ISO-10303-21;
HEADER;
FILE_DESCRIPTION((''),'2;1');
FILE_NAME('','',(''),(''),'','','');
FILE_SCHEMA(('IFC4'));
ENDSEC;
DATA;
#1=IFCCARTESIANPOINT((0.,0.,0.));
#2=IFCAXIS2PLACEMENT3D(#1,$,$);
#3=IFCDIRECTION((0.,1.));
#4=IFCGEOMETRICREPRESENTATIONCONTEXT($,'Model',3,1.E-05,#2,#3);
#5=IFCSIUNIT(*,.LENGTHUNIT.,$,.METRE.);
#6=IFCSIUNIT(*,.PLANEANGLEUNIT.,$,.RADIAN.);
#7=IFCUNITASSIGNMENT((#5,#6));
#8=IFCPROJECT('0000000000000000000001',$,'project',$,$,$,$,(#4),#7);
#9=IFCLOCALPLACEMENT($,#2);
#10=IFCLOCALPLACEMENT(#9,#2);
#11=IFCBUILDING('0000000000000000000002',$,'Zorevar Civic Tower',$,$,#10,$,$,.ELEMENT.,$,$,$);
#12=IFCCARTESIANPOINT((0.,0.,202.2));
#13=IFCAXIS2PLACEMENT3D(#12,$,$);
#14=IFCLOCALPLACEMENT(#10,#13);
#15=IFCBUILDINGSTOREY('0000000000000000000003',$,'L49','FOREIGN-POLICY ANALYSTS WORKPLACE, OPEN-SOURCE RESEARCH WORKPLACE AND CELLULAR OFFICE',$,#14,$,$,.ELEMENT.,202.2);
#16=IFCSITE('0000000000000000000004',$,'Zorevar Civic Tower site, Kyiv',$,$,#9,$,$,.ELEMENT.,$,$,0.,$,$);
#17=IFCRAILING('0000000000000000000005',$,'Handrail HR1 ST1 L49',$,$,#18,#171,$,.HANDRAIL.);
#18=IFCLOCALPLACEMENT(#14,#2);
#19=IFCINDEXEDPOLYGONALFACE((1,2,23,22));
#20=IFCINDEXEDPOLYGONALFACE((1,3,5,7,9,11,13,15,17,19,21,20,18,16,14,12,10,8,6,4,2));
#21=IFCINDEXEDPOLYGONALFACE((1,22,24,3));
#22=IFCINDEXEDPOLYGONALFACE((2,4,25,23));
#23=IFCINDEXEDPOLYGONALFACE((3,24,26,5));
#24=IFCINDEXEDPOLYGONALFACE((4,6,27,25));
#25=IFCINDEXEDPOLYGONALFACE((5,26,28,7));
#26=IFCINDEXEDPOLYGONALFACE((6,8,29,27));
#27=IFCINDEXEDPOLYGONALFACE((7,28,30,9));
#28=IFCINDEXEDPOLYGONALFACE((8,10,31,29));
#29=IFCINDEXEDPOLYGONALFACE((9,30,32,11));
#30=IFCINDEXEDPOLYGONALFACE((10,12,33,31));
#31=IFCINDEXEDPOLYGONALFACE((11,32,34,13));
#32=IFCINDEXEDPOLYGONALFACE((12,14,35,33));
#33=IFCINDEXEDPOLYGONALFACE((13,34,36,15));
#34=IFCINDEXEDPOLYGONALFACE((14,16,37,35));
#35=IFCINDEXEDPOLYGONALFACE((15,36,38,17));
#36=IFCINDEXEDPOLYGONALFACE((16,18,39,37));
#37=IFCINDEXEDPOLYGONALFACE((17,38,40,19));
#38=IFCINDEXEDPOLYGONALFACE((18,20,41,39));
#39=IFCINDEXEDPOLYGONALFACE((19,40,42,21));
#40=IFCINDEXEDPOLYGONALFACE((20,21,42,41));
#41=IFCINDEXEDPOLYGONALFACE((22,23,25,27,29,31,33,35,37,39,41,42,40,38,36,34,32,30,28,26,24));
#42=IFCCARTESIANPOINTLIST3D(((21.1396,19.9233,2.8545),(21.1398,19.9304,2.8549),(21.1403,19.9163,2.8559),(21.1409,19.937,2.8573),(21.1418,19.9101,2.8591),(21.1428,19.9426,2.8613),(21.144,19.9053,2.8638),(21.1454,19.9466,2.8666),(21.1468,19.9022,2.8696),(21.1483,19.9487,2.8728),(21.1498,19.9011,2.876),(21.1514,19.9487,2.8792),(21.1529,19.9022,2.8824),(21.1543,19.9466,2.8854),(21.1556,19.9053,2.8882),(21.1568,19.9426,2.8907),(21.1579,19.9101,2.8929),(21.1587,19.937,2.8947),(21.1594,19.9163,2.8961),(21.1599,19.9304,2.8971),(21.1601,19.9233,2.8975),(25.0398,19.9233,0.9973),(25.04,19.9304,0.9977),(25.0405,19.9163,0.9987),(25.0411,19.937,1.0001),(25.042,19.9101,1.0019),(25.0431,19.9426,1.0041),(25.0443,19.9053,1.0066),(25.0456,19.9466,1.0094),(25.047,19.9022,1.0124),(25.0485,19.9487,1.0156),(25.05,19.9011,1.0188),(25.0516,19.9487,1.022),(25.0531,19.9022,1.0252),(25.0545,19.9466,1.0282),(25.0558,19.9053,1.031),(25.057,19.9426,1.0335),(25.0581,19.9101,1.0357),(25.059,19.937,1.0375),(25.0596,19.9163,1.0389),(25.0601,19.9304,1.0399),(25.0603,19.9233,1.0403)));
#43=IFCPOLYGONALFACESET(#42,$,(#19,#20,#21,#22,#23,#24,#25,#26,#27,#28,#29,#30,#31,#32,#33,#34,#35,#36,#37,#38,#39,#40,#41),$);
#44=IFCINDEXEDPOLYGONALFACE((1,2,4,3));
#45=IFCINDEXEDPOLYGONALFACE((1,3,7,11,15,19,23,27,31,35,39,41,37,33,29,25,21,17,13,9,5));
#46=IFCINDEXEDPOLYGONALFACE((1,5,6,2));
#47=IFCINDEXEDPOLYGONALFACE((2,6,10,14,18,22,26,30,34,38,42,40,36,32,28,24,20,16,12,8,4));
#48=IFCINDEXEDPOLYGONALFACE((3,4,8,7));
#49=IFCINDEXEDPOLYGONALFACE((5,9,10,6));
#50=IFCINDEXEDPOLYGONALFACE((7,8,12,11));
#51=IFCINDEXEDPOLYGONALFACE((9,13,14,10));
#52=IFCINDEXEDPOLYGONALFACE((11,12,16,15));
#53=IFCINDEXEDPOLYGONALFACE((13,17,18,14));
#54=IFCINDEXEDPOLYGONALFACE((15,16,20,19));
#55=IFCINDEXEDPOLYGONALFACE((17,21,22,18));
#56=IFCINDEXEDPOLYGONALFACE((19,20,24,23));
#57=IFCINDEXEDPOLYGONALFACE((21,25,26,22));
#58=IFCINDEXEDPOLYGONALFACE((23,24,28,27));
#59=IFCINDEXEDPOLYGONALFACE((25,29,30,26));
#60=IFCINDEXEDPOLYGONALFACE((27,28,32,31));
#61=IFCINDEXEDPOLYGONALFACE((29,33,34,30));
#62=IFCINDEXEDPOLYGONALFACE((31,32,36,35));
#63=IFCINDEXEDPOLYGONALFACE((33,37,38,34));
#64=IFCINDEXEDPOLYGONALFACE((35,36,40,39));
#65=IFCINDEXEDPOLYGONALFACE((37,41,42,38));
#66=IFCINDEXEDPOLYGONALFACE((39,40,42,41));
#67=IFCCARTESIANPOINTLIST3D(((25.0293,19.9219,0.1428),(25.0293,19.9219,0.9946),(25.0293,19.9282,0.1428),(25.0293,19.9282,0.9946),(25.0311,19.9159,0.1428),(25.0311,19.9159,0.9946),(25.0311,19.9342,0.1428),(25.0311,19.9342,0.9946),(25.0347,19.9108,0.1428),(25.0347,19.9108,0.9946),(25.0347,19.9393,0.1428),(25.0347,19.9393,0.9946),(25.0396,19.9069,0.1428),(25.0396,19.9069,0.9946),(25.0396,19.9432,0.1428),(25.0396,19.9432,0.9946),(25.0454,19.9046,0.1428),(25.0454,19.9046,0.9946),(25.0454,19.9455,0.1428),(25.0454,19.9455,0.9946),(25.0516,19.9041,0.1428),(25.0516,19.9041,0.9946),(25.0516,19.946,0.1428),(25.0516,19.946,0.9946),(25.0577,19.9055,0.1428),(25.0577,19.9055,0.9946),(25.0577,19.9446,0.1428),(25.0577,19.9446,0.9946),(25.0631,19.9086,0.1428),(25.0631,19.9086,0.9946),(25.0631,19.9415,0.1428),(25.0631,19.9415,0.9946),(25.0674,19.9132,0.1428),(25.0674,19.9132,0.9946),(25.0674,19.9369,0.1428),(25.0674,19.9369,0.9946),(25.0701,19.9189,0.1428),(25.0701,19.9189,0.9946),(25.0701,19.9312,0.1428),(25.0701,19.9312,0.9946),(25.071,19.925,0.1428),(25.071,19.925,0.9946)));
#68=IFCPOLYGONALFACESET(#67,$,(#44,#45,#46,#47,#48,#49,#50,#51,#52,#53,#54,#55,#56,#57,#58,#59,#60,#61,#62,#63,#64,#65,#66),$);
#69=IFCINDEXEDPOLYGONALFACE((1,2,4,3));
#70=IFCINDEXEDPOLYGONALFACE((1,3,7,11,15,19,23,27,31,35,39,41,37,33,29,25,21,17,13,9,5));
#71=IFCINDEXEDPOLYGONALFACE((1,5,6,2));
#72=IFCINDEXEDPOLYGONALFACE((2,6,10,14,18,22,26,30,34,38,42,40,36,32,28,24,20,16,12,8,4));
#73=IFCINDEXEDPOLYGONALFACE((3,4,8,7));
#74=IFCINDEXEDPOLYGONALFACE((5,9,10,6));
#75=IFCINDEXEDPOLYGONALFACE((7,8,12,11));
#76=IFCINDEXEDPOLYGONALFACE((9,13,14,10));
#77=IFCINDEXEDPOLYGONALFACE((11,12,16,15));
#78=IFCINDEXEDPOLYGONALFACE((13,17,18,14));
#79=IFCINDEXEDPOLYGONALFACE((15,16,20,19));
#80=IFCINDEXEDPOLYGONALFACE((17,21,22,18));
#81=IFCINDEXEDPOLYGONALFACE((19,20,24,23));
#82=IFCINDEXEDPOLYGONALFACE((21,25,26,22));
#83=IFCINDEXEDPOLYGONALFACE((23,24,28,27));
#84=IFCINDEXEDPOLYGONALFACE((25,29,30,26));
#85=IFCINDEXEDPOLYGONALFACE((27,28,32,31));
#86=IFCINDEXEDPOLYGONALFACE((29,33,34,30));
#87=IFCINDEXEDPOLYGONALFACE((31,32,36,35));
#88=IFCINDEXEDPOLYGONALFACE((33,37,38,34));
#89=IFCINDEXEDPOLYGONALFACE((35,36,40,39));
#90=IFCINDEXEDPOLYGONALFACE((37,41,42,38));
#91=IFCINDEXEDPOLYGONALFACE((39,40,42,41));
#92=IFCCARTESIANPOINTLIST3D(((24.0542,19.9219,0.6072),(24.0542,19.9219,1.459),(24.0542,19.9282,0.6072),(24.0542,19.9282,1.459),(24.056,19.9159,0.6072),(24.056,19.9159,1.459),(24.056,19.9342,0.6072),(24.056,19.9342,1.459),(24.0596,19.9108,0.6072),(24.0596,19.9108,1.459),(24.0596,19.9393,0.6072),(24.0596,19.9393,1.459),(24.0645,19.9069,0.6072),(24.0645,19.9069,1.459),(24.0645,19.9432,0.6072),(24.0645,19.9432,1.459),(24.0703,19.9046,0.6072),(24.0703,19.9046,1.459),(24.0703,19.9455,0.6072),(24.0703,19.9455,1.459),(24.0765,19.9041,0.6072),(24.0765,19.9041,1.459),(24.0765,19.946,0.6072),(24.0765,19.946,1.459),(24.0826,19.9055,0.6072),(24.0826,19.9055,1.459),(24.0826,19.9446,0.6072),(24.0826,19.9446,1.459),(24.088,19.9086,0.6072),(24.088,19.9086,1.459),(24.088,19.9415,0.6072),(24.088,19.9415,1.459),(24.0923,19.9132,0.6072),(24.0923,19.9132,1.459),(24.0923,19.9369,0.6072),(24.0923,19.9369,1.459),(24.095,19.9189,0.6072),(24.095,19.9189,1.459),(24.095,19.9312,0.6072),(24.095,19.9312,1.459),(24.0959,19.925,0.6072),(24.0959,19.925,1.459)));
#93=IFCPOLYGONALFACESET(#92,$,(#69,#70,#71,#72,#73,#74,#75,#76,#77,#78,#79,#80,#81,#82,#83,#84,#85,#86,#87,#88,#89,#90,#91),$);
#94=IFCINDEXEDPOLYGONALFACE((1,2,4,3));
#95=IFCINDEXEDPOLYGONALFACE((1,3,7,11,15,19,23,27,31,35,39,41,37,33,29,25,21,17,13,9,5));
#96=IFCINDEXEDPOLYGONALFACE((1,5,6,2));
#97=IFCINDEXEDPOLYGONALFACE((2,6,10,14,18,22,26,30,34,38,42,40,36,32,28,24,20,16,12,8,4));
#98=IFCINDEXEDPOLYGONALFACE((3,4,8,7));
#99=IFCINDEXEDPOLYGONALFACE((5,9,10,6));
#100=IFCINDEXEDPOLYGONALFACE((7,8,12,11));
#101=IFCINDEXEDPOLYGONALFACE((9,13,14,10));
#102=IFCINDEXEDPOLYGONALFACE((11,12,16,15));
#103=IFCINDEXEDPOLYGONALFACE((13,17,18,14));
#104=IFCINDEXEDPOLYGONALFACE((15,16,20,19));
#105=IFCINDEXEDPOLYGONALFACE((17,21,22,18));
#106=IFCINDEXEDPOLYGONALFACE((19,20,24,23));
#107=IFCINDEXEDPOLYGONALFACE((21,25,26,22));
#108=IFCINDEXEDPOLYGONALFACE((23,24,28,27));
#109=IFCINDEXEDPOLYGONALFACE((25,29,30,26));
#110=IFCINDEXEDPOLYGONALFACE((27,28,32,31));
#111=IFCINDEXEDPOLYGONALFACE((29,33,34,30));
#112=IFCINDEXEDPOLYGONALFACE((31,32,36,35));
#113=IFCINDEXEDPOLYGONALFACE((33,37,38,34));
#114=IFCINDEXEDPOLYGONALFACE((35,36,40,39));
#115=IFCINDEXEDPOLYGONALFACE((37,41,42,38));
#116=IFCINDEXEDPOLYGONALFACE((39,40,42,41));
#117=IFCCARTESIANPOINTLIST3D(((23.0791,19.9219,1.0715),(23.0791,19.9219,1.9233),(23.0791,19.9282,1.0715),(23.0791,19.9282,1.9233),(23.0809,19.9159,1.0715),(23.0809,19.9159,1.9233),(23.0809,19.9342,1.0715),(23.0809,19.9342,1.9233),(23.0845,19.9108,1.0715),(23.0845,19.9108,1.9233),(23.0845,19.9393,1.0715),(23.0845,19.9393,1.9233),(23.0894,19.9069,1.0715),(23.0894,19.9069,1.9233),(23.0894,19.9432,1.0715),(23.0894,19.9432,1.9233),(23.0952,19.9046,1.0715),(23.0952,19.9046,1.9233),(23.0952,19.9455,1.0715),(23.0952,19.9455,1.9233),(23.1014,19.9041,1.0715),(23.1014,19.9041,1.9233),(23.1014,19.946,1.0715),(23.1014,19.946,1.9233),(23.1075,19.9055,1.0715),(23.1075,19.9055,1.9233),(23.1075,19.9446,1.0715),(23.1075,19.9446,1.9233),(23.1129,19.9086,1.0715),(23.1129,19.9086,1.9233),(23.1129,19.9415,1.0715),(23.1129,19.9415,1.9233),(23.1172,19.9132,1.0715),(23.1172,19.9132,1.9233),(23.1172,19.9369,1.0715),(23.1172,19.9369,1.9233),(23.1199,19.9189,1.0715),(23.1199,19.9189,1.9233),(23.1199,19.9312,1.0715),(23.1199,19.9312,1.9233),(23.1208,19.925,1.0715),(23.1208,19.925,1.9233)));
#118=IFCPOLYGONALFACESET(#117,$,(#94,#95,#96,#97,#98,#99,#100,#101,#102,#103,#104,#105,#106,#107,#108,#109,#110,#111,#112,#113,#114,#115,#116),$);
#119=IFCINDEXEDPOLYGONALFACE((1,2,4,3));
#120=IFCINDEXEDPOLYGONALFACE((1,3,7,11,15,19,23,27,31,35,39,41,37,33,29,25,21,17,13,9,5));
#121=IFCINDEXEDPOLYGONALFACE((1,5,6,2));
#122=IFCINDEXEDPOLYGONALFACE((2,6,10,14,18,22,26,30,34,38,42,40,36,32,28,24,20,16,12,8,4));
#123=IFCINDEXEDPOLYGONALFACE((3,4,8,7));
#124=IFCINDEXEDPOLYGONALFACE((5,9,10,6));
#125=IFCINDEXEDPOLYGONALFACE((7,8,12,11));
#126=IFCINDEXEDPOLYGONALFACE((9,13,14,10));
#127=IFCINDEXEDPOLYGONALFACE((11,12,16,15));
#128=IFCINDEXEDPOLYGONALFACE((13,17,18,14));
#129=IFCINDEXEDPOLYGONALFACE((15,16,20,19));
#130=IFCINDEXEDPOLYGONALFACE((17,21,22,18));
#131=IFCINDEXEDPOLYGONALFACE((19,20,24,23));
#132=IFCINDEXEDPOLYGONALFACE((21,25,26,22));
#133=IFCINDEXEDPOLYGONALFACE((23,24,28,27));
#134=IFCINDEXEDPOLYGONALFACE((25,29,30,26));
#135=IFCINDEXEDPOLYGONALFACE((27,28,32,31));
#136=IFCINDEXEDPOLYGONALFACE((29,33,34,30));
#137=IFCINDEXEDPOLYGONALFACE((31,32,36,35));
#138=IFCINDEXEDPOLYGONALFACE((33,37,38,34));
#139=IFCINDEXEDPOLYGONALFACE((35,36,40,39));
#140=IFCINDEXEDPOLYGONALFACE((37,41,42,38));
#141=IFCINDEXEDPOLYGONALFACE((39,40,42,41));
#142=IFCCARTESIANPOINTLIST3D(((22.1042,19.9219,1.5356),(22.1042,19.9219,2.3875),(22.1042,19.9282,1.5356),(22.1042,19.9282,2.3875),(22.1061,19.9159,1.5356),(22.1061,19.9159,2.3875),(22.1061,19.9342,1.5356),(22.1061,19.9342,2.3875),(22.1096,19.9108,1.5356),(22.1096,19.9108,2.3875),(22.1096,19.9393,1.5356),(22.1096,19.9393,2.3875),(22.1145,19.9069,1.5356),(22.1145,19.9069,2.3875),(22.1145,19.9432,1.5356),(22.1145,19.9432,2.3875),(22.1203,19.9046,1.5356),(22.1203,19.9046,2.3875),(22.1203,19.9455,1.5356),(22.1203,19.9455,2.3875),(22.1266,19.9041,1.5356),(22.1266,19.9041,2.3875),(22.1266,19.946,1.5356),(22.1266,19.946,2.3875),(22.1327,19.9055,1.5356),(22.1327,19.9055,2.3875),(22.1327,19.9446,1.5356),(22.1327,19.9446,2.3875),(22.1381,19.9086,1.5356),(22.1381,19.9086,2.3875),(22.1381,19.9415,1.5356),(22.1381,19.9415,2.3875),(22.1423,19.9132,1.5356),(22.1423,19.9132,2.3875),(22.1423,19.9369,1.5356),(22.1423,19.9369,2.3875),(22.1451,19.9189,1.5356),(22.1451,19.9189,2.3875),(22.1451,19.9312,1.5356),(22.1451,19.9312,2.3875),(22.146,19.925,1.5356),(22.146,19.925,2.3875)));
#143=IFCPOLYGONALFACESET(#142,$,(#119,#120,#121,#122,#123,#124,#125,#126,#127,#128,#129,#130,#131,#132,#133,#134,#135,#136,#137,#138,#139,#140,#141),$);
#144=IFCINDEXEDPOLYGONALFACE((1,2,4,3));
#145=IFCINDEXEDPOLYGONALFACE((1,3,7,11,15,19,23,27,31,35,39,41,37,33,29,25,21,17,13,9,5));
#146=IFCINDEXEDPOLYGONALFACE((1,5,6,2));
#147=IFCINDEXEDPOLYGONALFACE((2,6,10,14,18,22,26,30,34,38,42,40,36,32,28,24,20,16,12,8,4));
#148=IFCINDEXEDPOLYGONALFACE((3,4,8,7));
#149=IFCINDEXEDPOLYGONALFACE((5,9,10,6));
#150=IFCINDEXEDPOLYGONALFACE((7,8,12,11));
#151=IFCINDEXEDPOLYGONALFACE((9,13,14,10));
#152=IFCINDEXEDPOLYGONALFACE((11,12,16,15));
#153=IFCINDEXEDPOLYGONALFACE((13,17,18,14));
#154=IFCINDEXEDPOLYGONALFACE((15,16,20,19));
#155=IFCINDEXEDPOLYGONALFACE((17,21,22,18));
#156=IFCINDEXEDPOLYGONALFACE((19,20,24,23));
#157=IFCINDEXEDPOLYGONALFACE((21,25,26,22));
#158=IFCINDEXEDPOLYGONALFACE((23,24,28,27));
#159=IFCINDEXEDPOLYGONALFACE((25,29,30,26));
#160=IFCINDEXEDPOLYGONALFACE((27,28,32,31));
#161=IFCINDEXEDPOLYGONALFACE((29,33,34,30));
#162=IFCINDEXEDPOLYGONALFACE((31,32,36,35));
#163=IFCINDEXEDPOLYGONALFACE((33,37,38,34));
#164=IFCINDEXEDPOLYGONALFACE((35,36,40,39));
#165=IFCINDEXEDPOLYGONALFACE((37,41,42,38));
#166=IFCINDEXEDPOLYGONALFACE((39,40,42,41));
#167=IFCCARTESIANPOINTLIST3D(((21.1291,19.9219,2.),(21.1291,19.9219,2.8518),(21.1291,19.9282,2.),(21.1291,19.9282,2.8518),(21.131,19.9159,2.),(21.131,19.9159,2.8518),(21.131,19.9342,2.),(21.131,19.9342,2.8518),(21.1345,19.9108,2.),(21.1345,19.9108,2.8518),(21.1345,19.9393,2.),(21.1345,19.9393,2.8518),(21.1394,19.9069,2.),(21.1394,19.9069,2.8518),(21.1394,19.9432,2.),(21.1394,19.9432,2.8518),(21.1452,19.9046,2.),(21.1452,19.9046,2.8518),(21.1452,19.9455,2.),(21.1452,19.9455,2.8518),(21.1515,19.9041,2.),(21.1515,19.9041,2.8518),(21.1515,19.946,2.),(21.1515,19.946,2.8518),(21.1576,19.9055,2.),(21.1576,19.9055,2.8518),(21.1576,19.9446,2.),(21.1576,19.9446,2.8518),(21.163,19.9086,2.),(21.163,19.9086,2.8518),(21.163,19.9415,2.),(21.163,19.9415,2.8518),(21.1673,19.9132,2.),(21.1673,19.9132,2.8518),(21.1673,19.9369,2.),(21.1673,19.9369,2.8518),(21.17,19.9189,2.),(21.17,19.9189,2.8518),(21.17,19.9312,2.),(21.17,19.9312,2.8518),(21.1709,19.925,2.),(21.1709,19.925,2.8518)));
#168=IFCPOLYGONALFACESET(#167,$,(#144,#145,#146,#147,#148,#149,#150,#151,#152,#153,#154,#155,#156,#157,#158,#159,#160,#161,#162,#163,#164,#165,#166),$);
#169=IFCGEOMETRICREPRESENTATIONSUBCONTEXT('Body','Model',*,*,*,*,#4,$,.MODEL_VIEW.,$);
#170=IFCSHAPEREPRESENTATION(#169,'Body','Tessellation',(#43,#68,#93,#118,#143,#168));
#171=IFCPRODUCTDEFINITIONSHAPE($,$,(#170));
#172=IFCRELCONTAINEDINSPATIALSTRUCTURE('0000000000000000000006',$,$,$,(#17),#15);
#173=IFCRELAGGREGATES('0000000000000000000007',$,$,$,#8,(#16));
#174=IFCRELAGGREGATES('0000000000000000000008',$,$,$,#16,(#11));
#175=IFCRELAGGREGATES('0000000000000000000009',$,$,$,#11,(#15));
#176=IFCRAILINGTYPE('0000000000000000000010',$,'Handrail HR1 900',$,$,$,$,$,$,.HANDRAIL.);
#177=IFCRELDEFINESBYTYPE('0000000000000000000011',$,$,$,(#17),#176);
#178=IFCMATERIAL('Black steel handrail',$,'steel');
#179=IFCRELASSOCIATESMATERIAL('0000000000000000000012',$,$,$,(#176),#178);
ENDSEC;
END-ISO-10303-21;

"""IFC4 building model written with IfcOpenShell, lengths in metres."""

from ifc_helpers import new_model, si_unit, direction, frame, origin, origin_2d, place, context, subcontext, project, spatial, circle, extrude, material, type_object, element, save


model = new_model("IFC4")

# Units and contexts
model_context = context("Model", 3, precision=1e-05, world=origin(), true_north=direction((0.0, 1.0)))
body_context = subcontext(model_context, "Body", "Model", "MODEL_VIEW")
ifc_project = project(units=[si_unit("LENGTHUNIT", "METRE"), si_unit("PLANEANGLEUNIT", "RADIAN")], contexts=[model_context])

# Site, building, storey
site_placement = place(None, origin())
site = spatial("IfcSite", under=ifc_project, at=site_placement, Name="Zorevar Civic Tower site, Kyiv", CompositionType="ELEMENT", RefElevation=0.0)
building_placement = place(site_placement, origin())
building = spatial("IfcBuilding", under=site, at=building_placement, Name="Zorevar Civic Tower", CompositionType="ELEMENT")
storey_placement = place(building_placement, frame((0.0, 0.0, 202.2)))
storey = spatial("IfcBuildingStorey", under=building, at=storey_placement, Name="L49", Description="FOREIGN-POLICY ANALYSTS WORKPLACE, OPEN-SOURCE RESEARCH WORKPLACE AND CELLULAR OFFICE", CompositionType="ELEMENT", Elevation=202.2)

# Railing
ifc_material_1 = material(Name="Black steel handrail", Category="steel")
railing_type = type_object("IfcRailingType", Name="Handrail HR1 900", PredefinedType="HANDRAIL", material=ifc_material_1)
railing_placement = place(storey_placement, frame((25.05, 19.925, 0.1428)))
element("IfcRailing", 1, at=railing_placement, inside=storey, type_object=railing_type, Name="Handrail HR1 ST1 L49", PredefinedType="HANDRAIL", context=body_context, shape_type="SweptSolid", body=[
    extrude(circle(Radius=0.0239, at=origin_2d()), frame((0.0, 0.0, 0.876), z_axis=(-0.902864, 0.0, 0.429927), x_axis=(0.0, -1.0, 0.0)), (0.0, 0.0, 1.0), 4.3198),
    extrude(circle(Radius=0.021, at=origin_2d()), origin(), (0.0, 0.0, 1.0), 0.8518),
    extrude(circle(Radius=0.021, at=origin_2d()), frame((-0.9751, 0.0, 0.4644)), (0.0, 0.0, 1.0), 0.8518),
    extrude(circle(Radius=0.021, at=origin_2d()), frame((-1.9502, 0.0, 0.9287)), (0.0, 0.0, 1.0), 0.8518),
    extrude(circle(Radius=0.021, at=origin_2d()), frame((-2.925, 0.0, 1.3928)), (0.0, 0.0, 1.0), 0.8518),
    extrude(circle(Radius=0.021, at=origin_2d()), frame((-3.9001, 0.0, 1.8572)), (0.0, 0.0, 1.0), 0.8518),
])

save(model, "model.ifc")
